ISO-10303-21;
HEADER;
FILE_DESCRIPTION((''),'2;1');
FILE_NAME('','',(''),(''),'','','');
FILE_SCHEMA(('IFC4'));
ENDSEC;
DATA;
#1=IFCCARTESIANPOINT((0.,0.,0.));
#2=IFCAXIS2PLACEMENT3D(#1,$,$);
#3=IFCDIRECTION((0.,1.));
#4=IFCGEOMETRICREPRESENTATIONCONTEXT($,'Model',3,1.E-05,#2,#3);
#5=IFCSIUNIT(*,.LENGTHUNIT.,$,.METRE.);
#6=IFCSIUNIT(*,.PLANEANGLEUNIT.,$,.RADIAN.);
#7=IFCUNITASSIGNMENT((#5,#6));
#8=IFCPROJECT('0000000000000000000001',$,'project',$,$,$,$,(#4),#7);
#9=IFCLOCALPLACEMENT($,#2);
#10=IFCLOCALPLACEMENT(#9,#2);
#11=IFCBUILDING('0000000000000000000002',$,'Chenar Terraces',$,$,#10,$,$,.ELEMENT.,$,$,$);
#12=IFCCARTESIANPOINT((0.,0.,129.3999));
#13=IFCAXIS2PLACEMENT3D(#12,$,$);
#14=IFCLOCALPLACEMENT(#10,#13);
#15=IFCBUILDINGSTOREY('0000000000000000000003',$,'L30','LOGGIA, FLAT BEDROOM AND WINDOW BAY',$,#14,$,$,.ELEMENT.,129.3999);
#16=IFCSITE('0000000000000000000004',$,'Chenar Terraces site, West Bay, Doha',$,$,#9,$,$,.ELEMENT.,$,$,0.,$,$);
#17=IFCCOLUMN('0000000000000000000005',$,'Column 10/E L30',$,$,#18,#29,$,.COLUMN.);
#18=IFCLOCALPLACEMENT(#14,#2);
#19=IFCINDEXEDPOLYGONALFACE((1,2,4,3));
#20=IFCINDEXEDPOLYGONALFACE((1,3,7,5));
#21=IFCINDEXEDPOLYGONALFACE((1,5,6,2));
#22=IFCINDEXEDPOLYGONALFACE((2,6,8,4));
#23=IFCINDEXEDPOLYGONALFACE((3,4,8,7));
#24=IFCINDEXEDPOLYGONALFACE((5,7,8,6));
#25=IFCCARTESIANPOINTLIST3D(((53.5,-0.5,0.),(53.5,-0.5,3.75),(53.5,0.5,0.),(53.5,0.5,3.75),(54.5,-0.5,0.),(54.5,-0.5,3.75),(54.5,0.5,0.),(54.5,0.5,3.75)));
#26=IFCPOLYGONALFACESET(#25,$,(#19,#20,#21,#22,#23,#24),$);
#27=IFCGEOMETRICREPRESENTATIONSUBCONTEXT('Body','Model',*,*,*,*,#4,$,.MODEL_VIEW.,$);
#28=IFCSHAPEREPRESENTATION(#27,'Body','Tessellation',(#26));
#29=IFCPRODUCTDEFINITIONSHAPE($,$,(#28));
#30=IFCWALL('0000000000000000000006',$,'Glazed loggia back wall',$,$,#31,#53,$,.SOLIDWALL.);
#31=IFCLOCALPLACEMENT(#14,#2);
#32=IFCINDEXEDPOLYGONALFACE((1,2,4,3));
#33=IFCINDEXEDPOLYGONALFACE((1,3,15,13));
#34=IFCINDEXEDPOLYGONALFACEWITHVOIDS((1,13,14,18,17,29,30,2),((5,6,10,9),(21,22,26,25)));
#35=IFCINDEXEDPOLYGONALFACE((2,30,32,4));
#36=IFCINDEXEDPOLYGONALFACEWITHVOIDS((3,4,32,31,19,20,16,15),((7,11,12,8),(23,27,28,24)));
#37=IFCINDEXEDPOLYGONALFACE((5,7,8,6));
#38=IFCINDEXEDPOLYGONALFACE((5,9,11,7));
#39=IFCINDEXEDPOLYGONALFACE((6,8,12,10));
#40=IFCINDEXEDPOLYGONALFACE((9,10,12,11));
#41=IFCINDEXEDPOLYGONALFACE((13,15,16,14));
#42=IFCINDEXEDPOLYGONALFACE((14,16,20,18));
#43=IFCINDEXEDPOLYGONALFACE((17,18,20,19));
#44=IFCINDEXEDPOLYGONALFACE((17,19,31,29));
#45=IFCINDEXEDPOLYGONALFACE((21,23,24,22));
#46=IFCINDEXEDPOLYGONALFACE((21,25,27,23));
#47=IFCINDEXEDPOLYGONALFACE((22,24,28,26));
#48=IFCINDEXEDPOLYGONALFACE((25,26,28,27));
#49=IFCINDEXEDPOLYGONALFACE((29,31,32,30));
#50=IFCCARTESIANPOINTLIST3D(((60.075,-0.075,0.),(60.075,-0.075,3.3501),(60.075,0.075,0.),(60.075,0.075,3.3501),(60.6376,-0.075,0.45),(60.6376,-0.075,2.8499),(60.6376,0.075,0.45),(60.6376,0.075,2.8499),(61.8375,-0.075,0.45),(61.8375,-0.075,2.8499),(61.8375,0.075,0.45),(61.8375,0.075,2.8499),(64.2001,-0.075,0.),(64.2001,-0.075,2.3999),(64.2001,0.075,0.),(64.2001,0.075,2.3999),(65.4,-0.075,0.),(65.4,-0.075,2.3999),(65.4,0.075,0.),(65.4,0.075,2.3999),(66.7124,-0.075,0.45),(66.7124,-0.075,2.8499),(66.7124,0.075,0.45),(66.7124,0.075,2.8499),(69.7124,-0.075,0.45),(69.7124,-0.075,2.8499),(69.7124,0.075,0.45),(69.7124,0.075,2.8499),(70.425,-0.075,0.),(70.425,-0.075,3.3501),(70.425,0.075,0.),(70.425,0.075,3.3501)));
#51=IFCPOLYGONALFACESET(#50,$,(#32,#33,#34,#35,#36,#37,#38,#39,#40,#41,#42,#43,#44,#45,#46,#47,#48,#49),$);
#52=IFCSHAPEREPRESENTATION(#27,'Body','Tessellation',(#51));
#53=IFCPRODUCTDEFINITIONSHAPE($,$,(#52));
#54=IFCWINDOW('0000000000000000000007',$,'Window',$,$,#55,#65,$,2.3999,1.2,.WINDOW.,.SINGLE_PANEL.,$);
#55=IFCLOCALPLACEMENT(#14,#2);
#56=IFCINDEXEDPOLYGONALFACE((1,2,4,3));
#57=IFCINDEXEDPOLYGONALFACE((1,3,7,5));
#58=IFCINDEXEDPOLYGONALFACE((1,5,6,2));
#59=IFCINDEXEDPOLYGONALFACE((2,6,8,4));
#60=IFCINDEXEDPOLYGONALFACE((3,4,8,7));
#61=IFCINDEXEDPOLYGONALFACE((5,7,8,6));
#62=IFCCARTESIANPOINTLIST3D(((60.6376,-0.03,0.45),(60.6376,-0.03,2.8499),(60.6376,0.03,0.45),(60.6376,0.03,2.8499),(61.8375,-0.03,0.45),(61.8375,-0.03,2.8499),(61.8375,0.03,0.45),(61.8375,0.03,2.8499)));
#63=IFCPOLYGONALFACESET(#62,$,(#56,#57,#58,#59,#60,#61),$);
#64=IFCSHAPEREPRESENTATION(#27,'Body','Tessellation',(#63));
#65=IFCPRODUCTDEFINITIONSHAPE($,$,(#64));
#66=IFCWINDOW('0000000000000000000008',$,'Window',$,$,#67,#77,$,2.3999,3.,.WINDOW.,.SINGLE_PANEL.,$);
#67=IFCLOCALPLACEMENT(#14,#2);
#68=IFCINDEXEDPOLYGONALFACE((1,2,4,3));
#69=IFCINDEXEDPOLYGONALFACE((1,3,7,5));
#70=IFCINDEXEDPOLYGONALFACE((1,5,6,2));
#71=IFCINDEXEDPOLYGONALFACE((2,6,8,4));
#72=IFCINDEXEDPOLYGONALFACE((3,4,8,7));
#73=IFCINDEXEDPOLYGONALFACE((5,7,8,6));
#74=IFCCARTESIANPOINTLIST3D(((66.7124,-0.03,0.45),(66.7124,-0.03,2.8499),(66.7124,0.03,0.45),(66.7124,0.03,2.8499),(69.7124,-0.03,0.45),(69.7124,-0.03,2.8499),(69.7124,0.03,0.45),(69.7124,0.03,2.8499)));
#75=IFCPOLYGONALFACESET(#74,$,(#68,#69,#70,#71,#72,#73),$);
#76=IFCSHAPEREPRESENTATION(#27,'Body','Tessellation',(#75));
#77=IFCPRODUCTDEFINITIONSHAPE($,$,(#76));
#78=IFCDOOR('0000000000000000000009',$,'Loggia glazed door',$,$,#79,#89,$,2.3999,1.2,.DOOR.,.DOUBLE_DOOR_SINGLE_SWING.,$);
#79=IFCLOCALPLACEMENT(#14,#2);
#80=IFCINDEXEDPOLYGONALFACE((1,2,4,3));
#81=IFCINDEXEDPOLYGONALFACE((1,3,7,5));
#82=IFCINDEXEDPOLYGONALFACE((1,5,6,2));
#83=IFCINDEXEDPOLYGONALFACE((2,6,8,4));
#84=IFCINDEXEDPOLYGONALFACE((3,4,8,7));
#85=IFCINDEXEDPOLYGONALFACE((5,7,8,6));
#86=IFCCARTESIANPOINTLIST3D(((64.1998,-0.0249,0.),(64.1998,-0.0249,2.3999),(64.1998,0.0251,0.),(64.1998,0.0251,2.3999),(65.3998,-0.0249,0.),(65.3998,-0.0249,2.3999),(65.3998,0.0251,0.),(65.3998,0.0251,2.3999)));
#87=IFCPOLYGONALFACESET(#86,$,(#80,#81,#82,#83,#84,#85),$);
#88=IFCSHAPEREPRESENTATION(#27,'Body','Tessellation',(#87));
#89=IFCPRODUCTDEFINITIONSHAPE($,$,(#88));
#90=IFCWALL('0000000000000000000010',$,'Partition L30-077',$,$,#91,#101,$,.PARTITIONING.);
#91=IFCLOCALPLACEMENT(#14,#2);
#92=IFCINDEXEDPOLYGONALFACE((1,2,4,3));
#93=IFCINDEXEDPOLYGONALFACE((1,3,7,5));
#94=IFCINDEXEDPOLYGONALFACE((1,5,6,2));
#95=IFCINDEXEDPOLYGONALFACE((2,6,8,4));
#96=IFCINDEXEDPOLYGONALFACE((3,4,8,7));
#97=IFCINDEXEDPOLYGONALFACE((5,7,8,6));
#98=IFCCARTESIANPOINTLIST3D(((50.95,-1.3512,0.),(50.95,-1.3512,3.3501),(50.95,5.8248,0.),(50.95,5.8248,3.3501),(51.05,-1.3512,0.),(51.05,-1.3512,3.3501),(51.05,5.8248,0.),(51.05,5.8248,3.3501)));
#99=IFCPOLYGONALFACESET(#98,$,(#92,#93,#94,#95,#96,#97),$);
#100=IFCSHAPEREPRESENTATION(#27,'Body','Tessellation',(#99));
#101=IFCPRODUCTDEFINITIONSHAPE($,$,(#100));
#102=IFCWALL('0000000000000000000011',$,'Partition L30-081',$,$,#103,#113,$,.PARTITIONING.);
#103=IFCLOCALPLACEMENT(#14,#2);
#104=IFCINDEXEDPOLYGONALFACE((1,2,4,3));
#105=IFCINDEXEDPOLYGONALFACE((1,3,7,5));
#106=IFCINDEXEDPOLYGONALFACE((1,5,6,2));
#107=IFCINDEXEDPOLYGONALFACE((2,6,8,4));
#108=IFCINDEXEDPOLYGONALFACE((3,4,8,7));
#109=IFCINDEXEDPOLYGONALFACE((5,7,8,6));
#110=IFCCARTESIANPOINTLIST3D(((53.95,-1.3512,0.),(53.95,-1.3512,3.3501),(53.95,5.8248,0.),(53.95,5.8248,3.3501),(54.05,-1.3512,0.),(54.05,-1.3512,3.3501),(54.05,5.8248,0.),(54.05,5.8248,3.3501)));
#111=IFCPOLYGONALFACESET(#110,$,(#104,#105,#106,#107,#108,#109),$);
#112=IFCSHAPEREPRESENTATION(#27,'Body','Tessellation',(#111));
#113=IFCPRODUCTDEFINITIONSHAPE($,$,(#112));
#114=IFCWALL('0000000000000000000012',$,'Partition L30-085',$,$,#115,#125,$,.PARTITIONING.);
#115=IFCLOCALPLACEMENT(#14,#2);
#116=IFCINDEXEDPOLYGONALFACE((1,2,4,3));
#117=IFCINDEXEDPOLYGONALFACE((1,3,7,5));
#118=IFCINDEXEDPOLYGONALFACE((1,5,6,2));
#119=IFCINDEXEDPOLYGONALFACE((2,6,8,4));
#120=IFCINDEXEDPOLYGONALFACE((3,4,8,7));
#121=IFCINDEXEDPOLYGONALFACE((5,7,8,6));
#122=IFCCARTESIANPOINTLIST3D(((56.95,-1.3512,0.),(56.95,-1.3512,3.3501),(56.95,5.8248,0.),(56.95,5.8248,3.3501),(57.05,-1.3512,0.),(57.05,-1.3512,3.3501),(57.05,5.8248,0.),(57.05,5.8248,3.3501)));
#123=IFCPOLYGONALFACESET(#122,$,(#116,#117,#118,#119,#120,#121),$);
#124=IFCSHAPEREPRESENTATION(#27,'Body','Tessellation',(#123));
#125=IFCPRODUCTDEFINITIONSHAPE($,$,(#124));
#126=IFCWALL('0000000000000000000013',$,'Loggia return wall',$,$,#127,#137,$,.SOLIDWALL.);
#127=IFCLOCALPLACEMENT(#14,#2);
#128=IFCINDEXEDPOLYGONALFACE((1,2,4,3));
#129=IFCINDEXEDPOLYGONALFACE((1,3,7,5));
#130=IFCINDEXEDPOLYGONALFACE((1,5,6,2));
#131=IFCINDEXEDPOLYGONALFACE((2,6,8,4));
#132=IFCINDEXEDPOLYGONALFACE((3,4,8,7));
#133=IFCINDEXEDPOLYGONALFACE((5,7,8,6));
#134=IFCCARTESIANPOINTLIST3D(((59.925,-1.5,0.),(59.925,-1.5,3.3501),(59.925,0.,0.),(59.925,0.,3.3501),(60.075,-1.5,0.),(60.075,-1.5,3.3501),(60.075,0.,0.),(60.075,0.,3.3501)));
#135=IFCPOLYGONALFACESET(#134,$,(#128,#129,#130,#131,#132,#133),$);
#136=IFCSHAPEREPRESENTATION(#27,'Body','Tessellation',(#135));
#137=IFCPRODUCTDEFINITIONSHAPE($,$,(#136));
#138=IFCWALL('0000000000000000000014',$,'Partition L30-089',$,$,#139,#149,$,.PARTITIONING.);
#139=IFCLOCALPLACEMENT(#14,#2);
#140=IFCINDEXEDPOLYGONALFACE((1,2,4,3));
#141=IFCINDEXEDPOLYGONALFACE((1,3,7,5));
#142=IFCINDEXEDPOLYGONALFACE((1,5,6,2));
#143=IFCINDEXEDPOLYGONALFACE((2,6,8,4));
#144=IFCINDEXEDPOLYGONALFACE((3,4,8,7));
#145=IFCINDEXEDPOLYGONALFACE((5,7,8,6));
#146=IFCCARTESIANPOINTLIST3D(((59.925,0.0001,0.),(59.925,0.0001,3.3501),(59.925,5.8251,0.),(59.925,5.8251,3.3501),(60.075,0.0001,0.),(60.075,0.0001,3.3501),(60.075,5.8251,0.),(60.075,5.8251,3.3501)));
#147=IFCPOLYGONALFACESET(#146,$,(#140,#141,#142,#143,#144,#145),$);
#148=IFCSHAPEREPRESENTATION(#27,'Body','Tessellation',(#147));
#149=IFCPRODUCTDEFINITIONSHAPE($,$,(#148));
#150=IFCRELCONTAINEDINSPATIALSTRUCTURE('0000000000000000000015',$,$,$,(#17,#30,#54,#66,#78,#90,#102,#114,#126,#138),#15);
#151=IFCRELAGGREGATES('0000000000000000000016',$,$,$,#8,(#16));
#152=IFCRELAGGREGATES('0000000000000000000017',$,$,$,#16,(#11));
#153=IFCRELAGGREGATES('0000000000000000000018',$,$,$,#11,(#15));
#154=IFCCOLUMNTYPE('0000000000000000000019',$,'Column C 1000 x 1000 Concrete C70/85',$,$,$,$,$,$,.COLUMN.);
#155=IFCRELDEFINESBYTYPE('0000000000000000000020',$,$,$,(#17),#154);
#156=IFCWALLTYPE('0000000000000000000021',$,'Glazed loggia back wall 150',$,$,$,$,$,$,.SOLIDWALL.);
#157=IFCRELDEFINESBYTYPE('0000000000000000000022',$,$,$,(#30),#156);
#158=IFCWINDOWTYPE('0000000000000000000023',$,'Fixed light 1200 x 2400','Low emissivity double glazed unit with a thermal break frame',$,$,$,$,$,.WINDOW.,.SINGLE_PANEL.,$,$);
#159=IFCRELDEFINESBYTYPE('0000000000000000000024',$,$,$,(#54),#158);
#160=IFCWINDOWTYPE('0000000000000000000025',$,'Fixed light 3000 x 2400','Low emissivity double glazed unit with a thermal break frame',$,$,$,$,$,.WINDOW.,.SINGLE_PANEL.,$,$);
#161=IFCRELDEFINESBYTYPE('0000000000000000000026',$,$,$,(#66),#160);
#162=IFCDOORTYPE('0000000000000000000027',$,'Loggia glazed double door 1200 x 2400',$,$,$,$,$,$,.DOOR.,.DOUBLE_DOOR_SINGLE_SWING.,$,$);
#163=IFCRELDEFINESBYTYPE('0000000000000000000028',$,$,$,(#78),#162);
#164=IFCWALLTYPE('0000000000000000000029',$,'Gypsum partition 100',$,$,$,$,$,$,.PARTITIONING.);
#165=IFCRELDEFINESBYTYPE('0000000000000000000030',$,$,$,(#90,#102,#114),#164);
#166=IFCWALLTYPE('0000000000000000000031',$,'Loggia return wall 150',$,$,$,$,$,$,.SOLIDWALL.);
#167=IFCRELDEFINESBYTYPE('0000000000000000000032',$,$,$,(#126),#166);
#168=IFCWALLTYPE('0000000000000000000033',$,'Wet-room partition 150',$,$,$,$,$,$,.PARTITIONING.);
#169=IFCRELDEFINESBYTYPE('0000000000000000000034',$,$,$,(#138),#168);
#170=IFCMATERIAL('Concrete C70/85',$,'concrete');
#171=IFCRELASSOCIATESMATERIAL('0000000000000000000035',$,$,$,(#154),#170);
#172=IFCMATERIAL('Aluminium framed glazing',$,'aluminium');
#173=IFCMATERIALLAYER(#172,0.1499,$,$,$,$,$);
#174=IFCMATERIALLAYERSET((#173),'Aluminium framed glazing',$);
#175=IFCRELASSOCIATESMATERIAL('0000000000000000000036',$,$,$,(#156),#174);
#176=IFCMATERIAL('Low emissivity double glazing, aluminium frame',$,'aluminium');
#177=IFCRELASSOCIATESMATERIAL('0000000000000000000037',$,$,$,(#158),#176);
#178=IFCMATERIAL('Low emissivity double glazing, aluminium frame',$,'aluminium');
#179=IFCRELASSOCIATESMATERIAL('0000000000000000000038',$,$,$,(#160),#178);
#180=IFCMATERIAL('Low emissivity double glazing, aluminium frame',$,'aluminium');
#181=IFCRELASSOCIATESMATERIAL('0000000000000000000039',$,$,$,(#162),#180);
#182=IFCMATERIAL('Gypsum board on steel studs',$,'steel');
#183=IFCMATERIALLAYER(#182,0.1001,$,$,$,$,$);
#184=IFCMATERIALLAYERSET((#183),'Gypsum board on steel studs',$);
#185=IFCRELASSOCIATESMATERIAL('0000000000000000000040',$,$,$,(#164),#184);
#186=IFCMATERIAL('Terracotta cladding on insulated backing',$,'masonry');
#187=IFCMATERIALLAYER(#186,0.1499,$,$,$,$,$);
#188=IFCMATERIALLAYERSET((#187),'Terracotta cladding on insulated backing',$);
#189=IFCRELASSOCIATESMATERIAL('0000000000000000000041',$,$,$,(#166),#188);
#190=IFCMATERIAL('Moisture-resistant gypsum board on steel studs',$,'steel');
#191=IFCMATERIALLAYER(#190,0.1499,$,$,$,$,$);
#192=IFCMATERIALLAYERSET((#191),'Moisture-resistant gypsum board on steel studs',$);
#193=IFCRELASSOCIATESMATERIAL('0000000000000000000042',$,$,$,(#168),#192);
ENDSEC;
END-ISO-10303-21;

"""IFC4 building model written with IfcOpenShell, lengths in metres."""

from ifc_helpers import new_model, si_unit, direction, frame, frame_2d, origin, origin_2d, place, context, subcontext, project, spatial, rectangle, extrude, material, layer, layer_set, material_profile, profile_set, type_object, element, fill, save


model = new_model("IFC4")

# Units and contexts
model_context = context("Model", 3, precision=1e-05, world=origin(), true_north=direction((0.0, 1.0)))
body_context = subcontext(model_context, "Body", "Model", "MODEL_VIEW")
ifc_project = project(units=[si_unit("LENGTHUNIT", "METRE"), si_unit("PLANEANGLEUNIT", "RADIAN")], contexts=[model_context])

# Site, building, storey
site_placement = place(None, origin())
site = spatial("IfcSite", under=ifc_project, at=site_placement, Name="Chenar Terraces site, West Bay, Doha", CompositionType="ELEMENT", RefElevation=0.0)
building_placement = place(site_placement, origin())
building = spatial("IfcBuilding", under=site, at=building_placement, Name="Chenar Terraces", CompositionType="ELEMENT")
storey_placement = place(building_placement, frame((0.0, 0.0, 129.3999)))
storey = spatial("IfcBuildingStorey", under=building, at=storey_placement, Name="L30", Description="LOGGIA, FLAT BEDROOM AND WINDOW BAY", CompositionType="ELEMENT", Elevation=129.3999)

# Column
ifc_material_1 = material(Name="Concrete C70/85", Category="concrete")
ifc_material_profile_1 = material_profile(ifc_material_1, rectangle(XDim=1.0, YDim=1.0, at=origin_2d()), Name="C 1000 x 1000")
ifc_profile_set_1 = profile_set([ifc_material_profile_1], Name="Concrete C70/85")
column_type = type_object("IfcColumnType", Name="Column C 1000 x 1000 Concrete C70/85", PredefinedType="COLUMN", material=ifc_profile_set_1)
column_placement = place(storey_placement, frame((54.0, 0.0, 0.0), z_axis=(0.0, 0.0, 1.0), x_axis=(1.0, 0.0, 0.0)))
element("IfcColumn", 1, at=column_placement, inside=storey, type_object=column_type, Name="Column 10/E L30", PredefinedType="COLUMN", context=body_context, shape_type="SweptSolid", body=[
    extrude(rectangle(XDim=1.0, YDim=1.0, at=origin_2d()), origin(), (0.0, 0.0, 1.0), 3.75),
])

# Wall, openings, windows, door
ifc_material_2 = material(Name="Aluminium framed glazing", Category="aluminium")
ifc_layer_1 = layer(ifc_material_2, 0.1499)
ifc_layer_set_1 = layer_set([ifc_layer_1], Name="Aluminium framed glazing")
wall_type_1 = type_object("IfcWallType", Name="Glazed loggia back wall 150", PredefinedType="SOLIDWALL", material=ifc_layer_set_1)
wall_1_placement = place(storey_placement, frame((60.075, 0.0, 0.0), z_axis=(0.0, 0.0, 1.0), x_axis=(1.0, 0.0, 0.0)))
wall_1 = element("IfcWall", 2, at=wall_1_placement, inside=storey, type_object=wall_type_1, Name="Glazed loggia back wall", PredefinedType="SOLIDWALL", context=body_context, shape_type="SweptSolid", body=[
    extrude(rectangle(XDim=10.3501, YDim=0.1499, at=frame_2d((5.175, 0.0))), origin(), (0.0, 0.0, 1.0), 3.3501),
])
opening_1_placement = place(wall_1_placement, frame((0.5625, 0.0, 0.45)))
opening_1 = element("IfcOpeningElement", 3, at=opening_1_placement, cuts=wall_1, PredefinedType="OPENING", context=body_context, shape_type="SweptSolid", body=[
    extrude(rectangle(XDim=1.2, YDim=2.3999, at=frame_2d((0.6001, 1.2))), frame((0.0, 0.085, 0.0), z_axis=(0.0, -1.0, 0.0), x_axis=(1.0, 0.0, 0.0)), (0.0, 0.0, 1.0), 0.1699),
])
opening_2_placement = place(wall_1_placement, frame((4.125, 0.0, 0.0)))
opening_2 = element("IfcOpeningElement", 4, at=opening_2_placement, cuts=wall_1, PredefinedType="OPENING", context=body_context, shape_type="SweptSolid", body=[
    extrude(rectangle(XDim=1.2, YDim=2.3999, at=frame_2d((0.6001, 1.2))), frame((0.0, 0.085, 0.0), z_axis=(0.0, -1.0, 0.0), x_axis=(1.0, 0.0, 0.0)), (0.0, 0.0, 1.0), 0.1699),
])
opening_3_placement = place(wall_1_placement, frame((6.6375, 0.0, 0.45)))
opening_3 = element("IfcOpeningElement", 5, at=opening_3_placement, cuts=wall_1, PredefinedType="OPENING", context=body_context, shape_type="SweptSolid", body=[
    extrude(rectangle(XDim=3.0, YDim=2.3999, at=frame_2d((1.5, 1.2))), frame((0.0, 0.085, 0.0), z_axis=(0.0, -1.0, 0.0), x_axis=(1.0, 0.0, 0.0)), (0.0, 0.0, 1.0), 0.1699),
])
ifc_material_3 = material(Name="Low emissivity double glazing, aluminium frame", Category="aluminium")
window_type_1 = type_object("IfcWindowType", Name="Fixed light 1200 x 2400", Description="Low emissivity double glazed unit with a thermal break frame", PartitioningType="SINGLE_PANEL", PredefinedType="WINDOW", material=ifc_material_3)
window_1_placement = place(opening_1_placement, origin())
window_1 = element("IfcWindow", 6, at=window_1_placement, inside=storey, type_object=window_type_1, Name="Window", OverallHeight=2.3999, OverallWidth=1.2, PartitioningType="SINGLE_PANEL", PredefinedType="WINDOW", context=body_context, shape_type="SweptSolid", body=[
    extrude(rectangle(XDim=1.2, YDim=2.3999, at=frame_2d((0.6001, 1.2))), frame((0.0, 0.03, 0.0), z_axis=(0.0, -1.0, 0.0), x_axis=(1.0, 0.0, 0.0)), (0.0, 0.0, 1.0), 0.0601),
])
fill(opening_1, window_1)
ifc_material_4 = material(Name="Low emissivity double glazing, aluminium frame", Category="aluminium")
window_type_2 = type_object("IfcWindowType", Name="Fixed light 3000 x 2400", Description="Low emissivity double glazed unit with a thermal break frame", PartitioningType="SINGLE_PANEL", PredefinedType="WINDOW", material=ifc_material_4)
window_2_placement = place(opening_3_placement, origin())
window_2 = element("IfcWindow", 7, at=window_2_placement, inside=storey, type_object=window_type_2, Name="Window", OverallHeight=2.3999, OverallWidth=3.0, PartitioningType="SINGLE_PANEL", PredefinedType="WINDOW", context=body_context, shape_type="SweptSolid", body=[
    extrude(rectangle(XDim=3.0, YDim=2.3999, at=frame_2d((1.5, 1.2))), frame((0.0, 0.03, 0.0), z_axis=(0.0, -1.0, 0.0), x_axis=(1.0, 0.0, 0.0)), (0.0, 0.0, 1.0), 0.0601),
])
fill(opening_3, window_2)
ifc_material_5 = material(Name="Low emissivity double glazing, aluminium frame", Category="aluminium")
door_type = type_object("IfcDoorType", Name="Loggia glazed double door 1200 x 2400", OperationType="DOUBLE_DOOR_SINGLE_SWING", PredefinedType="DOOR", material=ifc_material_5)
door_placement = place(opening_2_placement, frame((1.2, 0.0, 0.0), z_axis=(0.0, 0.0, 1.0), x_axis=(-1.0, 0.0, 0.0)))
door = element("IfcDoor", 8, at=door_placement, inside=storey, type_object=door_type, Name="Loggia glazed door", OperationType="DOUBLE_DOOR_SINGLE_SWING", OverallHeight=2.3999, OverallWidth=1.2, PredefinedType="DOOR", context=body_context, shape_type="SweptSolid", body=[
    extrude(rectangle(XDim=1.2, YDim=2.3999, at=frame_2d((0.6001, 1.2))), frame((0.0, 0.0249, 0.0), z_axis=(0.0, -1.0, 0.0), x_axis=(1.0, 0.0, 0.0)), (0.0, 0.0, 1.0), 0.05),
])
fill(opening_2, door)

# Walls
ifc_material_6 = material(Name="Gypsum board on steel studs", Category="steel")
ifc_layer_2 = layer(ifc_material_6, 0.1001)
ifc_layer_set_2 = layer_set([ifc_layer_2], Name="Gypsum board on steel studs")
wall_type_2 = type_object("IfcWallType", Name="Gypsum partition 100", PredefinedType="PARTITIONING", material=ifc_layer_set_2)
for number, where, z_axis, x_axis, name in (
    (9, (51.0, -1.3511, 0.0), (0.0, 0.0, 1.0), (0.0, 1.0, 0.0), "Partition L30-077"),
    (10, (54.0, -1.3511, 0.0), (0.0, 0.0, 1.0), (0.0, 1.0, 0.0), "Partition L30-081"),
    (11, (57.0, -1.3511, 0.0), (0.0, 0.0, 1.0), (0.0, 1.0, 0.0), "Partition L30-085"),
):
    element("IfcWall", number, at=place(storey_placement, frame(where, z_axis=z_axis, x_axis=x_axis)), inside=storey, type_object=wall_type_2, Name=name, PredefinedType="PARTITIONING", context=body_context, shape_type="SweptSolid", body=[
        extrude(rectangle(XDim=7.176, YDim=0.1001, at=frame_2d((3.5879, 0.0))), origin(), (0.0, 0.0, 1.0), 3.3501),
    ])
ifc_material_7 = material(Name="Terracotta cladding on insulated backing", Category="masonry")
ifc_layer_3 = layer(ifc_material_7, 0.1499)
ifc_layer_set_3 = layer_set([ifc_layer_3], Name="Terracotta cladding on insulated backing")
wall_type_3 = type_object("IfcWallType", Name="Loggia return wall 150", PredefinedType="SOLIDWALL", material=ifc_layer_set_3)
wall_2_placement = place(storey_placement, frame((60.0, -1.5, 0.0), z_axis=(0.0, 0.0, 1.0), x_axis=(0.0, 1.0, 0.0)))
element("IfcWall", 12, at=wall_2_placement, inside=storey, type_object=wall_type_3, Name="Loggia return wall", PredefinedType="SOLIDWALL", context=body_context, shape_type="SweptSolid", body=[
    extrude(rectangle(XDim=1.5, YDim=0.1499, at=frame_2d((0.75, 0.0))), origin(), (0.0, 0.0, 1.0), 3.3501),
])
ifc_material_8 = material(Name="Moisture-resistant gypsum board on steel studs", Category="steel")
ifc_layer_4 = layer(ifc_material_8, 0.1499)
ifc_layer_set_4 = layer_set([ifc_layer_4], Name="Moisture-resistant gypsum board on steel studs")
wall_type_4 = type_object("IfcWallType", Name="Wet-room partition 150", PredefinedType="PARTITIONING", material=ifc_layer_set_4)
wall_3_placement = place(storey_placement, frame((60.0, 0.0, 0.0), z_axis=(0.0, 0.0, 1.0), x_axis=(0.0, 1.0, 0.0)))
element("IfcWall", 13, at=wall_3_placement, inside=storey, type_object=wall_type_4, Name="Partition L30-089", PredefinedType="PARTITIONING", context=body_context, shape_type="SweptSolid", body=[
    extrude(rectangle(XDim=5.825, YDim=0.1499, at=frame_2d((2.9126, 0.0))), origin(), (0.0, 0.0, 1.0), 3.3501),
])

save(model, "model.ifc")
